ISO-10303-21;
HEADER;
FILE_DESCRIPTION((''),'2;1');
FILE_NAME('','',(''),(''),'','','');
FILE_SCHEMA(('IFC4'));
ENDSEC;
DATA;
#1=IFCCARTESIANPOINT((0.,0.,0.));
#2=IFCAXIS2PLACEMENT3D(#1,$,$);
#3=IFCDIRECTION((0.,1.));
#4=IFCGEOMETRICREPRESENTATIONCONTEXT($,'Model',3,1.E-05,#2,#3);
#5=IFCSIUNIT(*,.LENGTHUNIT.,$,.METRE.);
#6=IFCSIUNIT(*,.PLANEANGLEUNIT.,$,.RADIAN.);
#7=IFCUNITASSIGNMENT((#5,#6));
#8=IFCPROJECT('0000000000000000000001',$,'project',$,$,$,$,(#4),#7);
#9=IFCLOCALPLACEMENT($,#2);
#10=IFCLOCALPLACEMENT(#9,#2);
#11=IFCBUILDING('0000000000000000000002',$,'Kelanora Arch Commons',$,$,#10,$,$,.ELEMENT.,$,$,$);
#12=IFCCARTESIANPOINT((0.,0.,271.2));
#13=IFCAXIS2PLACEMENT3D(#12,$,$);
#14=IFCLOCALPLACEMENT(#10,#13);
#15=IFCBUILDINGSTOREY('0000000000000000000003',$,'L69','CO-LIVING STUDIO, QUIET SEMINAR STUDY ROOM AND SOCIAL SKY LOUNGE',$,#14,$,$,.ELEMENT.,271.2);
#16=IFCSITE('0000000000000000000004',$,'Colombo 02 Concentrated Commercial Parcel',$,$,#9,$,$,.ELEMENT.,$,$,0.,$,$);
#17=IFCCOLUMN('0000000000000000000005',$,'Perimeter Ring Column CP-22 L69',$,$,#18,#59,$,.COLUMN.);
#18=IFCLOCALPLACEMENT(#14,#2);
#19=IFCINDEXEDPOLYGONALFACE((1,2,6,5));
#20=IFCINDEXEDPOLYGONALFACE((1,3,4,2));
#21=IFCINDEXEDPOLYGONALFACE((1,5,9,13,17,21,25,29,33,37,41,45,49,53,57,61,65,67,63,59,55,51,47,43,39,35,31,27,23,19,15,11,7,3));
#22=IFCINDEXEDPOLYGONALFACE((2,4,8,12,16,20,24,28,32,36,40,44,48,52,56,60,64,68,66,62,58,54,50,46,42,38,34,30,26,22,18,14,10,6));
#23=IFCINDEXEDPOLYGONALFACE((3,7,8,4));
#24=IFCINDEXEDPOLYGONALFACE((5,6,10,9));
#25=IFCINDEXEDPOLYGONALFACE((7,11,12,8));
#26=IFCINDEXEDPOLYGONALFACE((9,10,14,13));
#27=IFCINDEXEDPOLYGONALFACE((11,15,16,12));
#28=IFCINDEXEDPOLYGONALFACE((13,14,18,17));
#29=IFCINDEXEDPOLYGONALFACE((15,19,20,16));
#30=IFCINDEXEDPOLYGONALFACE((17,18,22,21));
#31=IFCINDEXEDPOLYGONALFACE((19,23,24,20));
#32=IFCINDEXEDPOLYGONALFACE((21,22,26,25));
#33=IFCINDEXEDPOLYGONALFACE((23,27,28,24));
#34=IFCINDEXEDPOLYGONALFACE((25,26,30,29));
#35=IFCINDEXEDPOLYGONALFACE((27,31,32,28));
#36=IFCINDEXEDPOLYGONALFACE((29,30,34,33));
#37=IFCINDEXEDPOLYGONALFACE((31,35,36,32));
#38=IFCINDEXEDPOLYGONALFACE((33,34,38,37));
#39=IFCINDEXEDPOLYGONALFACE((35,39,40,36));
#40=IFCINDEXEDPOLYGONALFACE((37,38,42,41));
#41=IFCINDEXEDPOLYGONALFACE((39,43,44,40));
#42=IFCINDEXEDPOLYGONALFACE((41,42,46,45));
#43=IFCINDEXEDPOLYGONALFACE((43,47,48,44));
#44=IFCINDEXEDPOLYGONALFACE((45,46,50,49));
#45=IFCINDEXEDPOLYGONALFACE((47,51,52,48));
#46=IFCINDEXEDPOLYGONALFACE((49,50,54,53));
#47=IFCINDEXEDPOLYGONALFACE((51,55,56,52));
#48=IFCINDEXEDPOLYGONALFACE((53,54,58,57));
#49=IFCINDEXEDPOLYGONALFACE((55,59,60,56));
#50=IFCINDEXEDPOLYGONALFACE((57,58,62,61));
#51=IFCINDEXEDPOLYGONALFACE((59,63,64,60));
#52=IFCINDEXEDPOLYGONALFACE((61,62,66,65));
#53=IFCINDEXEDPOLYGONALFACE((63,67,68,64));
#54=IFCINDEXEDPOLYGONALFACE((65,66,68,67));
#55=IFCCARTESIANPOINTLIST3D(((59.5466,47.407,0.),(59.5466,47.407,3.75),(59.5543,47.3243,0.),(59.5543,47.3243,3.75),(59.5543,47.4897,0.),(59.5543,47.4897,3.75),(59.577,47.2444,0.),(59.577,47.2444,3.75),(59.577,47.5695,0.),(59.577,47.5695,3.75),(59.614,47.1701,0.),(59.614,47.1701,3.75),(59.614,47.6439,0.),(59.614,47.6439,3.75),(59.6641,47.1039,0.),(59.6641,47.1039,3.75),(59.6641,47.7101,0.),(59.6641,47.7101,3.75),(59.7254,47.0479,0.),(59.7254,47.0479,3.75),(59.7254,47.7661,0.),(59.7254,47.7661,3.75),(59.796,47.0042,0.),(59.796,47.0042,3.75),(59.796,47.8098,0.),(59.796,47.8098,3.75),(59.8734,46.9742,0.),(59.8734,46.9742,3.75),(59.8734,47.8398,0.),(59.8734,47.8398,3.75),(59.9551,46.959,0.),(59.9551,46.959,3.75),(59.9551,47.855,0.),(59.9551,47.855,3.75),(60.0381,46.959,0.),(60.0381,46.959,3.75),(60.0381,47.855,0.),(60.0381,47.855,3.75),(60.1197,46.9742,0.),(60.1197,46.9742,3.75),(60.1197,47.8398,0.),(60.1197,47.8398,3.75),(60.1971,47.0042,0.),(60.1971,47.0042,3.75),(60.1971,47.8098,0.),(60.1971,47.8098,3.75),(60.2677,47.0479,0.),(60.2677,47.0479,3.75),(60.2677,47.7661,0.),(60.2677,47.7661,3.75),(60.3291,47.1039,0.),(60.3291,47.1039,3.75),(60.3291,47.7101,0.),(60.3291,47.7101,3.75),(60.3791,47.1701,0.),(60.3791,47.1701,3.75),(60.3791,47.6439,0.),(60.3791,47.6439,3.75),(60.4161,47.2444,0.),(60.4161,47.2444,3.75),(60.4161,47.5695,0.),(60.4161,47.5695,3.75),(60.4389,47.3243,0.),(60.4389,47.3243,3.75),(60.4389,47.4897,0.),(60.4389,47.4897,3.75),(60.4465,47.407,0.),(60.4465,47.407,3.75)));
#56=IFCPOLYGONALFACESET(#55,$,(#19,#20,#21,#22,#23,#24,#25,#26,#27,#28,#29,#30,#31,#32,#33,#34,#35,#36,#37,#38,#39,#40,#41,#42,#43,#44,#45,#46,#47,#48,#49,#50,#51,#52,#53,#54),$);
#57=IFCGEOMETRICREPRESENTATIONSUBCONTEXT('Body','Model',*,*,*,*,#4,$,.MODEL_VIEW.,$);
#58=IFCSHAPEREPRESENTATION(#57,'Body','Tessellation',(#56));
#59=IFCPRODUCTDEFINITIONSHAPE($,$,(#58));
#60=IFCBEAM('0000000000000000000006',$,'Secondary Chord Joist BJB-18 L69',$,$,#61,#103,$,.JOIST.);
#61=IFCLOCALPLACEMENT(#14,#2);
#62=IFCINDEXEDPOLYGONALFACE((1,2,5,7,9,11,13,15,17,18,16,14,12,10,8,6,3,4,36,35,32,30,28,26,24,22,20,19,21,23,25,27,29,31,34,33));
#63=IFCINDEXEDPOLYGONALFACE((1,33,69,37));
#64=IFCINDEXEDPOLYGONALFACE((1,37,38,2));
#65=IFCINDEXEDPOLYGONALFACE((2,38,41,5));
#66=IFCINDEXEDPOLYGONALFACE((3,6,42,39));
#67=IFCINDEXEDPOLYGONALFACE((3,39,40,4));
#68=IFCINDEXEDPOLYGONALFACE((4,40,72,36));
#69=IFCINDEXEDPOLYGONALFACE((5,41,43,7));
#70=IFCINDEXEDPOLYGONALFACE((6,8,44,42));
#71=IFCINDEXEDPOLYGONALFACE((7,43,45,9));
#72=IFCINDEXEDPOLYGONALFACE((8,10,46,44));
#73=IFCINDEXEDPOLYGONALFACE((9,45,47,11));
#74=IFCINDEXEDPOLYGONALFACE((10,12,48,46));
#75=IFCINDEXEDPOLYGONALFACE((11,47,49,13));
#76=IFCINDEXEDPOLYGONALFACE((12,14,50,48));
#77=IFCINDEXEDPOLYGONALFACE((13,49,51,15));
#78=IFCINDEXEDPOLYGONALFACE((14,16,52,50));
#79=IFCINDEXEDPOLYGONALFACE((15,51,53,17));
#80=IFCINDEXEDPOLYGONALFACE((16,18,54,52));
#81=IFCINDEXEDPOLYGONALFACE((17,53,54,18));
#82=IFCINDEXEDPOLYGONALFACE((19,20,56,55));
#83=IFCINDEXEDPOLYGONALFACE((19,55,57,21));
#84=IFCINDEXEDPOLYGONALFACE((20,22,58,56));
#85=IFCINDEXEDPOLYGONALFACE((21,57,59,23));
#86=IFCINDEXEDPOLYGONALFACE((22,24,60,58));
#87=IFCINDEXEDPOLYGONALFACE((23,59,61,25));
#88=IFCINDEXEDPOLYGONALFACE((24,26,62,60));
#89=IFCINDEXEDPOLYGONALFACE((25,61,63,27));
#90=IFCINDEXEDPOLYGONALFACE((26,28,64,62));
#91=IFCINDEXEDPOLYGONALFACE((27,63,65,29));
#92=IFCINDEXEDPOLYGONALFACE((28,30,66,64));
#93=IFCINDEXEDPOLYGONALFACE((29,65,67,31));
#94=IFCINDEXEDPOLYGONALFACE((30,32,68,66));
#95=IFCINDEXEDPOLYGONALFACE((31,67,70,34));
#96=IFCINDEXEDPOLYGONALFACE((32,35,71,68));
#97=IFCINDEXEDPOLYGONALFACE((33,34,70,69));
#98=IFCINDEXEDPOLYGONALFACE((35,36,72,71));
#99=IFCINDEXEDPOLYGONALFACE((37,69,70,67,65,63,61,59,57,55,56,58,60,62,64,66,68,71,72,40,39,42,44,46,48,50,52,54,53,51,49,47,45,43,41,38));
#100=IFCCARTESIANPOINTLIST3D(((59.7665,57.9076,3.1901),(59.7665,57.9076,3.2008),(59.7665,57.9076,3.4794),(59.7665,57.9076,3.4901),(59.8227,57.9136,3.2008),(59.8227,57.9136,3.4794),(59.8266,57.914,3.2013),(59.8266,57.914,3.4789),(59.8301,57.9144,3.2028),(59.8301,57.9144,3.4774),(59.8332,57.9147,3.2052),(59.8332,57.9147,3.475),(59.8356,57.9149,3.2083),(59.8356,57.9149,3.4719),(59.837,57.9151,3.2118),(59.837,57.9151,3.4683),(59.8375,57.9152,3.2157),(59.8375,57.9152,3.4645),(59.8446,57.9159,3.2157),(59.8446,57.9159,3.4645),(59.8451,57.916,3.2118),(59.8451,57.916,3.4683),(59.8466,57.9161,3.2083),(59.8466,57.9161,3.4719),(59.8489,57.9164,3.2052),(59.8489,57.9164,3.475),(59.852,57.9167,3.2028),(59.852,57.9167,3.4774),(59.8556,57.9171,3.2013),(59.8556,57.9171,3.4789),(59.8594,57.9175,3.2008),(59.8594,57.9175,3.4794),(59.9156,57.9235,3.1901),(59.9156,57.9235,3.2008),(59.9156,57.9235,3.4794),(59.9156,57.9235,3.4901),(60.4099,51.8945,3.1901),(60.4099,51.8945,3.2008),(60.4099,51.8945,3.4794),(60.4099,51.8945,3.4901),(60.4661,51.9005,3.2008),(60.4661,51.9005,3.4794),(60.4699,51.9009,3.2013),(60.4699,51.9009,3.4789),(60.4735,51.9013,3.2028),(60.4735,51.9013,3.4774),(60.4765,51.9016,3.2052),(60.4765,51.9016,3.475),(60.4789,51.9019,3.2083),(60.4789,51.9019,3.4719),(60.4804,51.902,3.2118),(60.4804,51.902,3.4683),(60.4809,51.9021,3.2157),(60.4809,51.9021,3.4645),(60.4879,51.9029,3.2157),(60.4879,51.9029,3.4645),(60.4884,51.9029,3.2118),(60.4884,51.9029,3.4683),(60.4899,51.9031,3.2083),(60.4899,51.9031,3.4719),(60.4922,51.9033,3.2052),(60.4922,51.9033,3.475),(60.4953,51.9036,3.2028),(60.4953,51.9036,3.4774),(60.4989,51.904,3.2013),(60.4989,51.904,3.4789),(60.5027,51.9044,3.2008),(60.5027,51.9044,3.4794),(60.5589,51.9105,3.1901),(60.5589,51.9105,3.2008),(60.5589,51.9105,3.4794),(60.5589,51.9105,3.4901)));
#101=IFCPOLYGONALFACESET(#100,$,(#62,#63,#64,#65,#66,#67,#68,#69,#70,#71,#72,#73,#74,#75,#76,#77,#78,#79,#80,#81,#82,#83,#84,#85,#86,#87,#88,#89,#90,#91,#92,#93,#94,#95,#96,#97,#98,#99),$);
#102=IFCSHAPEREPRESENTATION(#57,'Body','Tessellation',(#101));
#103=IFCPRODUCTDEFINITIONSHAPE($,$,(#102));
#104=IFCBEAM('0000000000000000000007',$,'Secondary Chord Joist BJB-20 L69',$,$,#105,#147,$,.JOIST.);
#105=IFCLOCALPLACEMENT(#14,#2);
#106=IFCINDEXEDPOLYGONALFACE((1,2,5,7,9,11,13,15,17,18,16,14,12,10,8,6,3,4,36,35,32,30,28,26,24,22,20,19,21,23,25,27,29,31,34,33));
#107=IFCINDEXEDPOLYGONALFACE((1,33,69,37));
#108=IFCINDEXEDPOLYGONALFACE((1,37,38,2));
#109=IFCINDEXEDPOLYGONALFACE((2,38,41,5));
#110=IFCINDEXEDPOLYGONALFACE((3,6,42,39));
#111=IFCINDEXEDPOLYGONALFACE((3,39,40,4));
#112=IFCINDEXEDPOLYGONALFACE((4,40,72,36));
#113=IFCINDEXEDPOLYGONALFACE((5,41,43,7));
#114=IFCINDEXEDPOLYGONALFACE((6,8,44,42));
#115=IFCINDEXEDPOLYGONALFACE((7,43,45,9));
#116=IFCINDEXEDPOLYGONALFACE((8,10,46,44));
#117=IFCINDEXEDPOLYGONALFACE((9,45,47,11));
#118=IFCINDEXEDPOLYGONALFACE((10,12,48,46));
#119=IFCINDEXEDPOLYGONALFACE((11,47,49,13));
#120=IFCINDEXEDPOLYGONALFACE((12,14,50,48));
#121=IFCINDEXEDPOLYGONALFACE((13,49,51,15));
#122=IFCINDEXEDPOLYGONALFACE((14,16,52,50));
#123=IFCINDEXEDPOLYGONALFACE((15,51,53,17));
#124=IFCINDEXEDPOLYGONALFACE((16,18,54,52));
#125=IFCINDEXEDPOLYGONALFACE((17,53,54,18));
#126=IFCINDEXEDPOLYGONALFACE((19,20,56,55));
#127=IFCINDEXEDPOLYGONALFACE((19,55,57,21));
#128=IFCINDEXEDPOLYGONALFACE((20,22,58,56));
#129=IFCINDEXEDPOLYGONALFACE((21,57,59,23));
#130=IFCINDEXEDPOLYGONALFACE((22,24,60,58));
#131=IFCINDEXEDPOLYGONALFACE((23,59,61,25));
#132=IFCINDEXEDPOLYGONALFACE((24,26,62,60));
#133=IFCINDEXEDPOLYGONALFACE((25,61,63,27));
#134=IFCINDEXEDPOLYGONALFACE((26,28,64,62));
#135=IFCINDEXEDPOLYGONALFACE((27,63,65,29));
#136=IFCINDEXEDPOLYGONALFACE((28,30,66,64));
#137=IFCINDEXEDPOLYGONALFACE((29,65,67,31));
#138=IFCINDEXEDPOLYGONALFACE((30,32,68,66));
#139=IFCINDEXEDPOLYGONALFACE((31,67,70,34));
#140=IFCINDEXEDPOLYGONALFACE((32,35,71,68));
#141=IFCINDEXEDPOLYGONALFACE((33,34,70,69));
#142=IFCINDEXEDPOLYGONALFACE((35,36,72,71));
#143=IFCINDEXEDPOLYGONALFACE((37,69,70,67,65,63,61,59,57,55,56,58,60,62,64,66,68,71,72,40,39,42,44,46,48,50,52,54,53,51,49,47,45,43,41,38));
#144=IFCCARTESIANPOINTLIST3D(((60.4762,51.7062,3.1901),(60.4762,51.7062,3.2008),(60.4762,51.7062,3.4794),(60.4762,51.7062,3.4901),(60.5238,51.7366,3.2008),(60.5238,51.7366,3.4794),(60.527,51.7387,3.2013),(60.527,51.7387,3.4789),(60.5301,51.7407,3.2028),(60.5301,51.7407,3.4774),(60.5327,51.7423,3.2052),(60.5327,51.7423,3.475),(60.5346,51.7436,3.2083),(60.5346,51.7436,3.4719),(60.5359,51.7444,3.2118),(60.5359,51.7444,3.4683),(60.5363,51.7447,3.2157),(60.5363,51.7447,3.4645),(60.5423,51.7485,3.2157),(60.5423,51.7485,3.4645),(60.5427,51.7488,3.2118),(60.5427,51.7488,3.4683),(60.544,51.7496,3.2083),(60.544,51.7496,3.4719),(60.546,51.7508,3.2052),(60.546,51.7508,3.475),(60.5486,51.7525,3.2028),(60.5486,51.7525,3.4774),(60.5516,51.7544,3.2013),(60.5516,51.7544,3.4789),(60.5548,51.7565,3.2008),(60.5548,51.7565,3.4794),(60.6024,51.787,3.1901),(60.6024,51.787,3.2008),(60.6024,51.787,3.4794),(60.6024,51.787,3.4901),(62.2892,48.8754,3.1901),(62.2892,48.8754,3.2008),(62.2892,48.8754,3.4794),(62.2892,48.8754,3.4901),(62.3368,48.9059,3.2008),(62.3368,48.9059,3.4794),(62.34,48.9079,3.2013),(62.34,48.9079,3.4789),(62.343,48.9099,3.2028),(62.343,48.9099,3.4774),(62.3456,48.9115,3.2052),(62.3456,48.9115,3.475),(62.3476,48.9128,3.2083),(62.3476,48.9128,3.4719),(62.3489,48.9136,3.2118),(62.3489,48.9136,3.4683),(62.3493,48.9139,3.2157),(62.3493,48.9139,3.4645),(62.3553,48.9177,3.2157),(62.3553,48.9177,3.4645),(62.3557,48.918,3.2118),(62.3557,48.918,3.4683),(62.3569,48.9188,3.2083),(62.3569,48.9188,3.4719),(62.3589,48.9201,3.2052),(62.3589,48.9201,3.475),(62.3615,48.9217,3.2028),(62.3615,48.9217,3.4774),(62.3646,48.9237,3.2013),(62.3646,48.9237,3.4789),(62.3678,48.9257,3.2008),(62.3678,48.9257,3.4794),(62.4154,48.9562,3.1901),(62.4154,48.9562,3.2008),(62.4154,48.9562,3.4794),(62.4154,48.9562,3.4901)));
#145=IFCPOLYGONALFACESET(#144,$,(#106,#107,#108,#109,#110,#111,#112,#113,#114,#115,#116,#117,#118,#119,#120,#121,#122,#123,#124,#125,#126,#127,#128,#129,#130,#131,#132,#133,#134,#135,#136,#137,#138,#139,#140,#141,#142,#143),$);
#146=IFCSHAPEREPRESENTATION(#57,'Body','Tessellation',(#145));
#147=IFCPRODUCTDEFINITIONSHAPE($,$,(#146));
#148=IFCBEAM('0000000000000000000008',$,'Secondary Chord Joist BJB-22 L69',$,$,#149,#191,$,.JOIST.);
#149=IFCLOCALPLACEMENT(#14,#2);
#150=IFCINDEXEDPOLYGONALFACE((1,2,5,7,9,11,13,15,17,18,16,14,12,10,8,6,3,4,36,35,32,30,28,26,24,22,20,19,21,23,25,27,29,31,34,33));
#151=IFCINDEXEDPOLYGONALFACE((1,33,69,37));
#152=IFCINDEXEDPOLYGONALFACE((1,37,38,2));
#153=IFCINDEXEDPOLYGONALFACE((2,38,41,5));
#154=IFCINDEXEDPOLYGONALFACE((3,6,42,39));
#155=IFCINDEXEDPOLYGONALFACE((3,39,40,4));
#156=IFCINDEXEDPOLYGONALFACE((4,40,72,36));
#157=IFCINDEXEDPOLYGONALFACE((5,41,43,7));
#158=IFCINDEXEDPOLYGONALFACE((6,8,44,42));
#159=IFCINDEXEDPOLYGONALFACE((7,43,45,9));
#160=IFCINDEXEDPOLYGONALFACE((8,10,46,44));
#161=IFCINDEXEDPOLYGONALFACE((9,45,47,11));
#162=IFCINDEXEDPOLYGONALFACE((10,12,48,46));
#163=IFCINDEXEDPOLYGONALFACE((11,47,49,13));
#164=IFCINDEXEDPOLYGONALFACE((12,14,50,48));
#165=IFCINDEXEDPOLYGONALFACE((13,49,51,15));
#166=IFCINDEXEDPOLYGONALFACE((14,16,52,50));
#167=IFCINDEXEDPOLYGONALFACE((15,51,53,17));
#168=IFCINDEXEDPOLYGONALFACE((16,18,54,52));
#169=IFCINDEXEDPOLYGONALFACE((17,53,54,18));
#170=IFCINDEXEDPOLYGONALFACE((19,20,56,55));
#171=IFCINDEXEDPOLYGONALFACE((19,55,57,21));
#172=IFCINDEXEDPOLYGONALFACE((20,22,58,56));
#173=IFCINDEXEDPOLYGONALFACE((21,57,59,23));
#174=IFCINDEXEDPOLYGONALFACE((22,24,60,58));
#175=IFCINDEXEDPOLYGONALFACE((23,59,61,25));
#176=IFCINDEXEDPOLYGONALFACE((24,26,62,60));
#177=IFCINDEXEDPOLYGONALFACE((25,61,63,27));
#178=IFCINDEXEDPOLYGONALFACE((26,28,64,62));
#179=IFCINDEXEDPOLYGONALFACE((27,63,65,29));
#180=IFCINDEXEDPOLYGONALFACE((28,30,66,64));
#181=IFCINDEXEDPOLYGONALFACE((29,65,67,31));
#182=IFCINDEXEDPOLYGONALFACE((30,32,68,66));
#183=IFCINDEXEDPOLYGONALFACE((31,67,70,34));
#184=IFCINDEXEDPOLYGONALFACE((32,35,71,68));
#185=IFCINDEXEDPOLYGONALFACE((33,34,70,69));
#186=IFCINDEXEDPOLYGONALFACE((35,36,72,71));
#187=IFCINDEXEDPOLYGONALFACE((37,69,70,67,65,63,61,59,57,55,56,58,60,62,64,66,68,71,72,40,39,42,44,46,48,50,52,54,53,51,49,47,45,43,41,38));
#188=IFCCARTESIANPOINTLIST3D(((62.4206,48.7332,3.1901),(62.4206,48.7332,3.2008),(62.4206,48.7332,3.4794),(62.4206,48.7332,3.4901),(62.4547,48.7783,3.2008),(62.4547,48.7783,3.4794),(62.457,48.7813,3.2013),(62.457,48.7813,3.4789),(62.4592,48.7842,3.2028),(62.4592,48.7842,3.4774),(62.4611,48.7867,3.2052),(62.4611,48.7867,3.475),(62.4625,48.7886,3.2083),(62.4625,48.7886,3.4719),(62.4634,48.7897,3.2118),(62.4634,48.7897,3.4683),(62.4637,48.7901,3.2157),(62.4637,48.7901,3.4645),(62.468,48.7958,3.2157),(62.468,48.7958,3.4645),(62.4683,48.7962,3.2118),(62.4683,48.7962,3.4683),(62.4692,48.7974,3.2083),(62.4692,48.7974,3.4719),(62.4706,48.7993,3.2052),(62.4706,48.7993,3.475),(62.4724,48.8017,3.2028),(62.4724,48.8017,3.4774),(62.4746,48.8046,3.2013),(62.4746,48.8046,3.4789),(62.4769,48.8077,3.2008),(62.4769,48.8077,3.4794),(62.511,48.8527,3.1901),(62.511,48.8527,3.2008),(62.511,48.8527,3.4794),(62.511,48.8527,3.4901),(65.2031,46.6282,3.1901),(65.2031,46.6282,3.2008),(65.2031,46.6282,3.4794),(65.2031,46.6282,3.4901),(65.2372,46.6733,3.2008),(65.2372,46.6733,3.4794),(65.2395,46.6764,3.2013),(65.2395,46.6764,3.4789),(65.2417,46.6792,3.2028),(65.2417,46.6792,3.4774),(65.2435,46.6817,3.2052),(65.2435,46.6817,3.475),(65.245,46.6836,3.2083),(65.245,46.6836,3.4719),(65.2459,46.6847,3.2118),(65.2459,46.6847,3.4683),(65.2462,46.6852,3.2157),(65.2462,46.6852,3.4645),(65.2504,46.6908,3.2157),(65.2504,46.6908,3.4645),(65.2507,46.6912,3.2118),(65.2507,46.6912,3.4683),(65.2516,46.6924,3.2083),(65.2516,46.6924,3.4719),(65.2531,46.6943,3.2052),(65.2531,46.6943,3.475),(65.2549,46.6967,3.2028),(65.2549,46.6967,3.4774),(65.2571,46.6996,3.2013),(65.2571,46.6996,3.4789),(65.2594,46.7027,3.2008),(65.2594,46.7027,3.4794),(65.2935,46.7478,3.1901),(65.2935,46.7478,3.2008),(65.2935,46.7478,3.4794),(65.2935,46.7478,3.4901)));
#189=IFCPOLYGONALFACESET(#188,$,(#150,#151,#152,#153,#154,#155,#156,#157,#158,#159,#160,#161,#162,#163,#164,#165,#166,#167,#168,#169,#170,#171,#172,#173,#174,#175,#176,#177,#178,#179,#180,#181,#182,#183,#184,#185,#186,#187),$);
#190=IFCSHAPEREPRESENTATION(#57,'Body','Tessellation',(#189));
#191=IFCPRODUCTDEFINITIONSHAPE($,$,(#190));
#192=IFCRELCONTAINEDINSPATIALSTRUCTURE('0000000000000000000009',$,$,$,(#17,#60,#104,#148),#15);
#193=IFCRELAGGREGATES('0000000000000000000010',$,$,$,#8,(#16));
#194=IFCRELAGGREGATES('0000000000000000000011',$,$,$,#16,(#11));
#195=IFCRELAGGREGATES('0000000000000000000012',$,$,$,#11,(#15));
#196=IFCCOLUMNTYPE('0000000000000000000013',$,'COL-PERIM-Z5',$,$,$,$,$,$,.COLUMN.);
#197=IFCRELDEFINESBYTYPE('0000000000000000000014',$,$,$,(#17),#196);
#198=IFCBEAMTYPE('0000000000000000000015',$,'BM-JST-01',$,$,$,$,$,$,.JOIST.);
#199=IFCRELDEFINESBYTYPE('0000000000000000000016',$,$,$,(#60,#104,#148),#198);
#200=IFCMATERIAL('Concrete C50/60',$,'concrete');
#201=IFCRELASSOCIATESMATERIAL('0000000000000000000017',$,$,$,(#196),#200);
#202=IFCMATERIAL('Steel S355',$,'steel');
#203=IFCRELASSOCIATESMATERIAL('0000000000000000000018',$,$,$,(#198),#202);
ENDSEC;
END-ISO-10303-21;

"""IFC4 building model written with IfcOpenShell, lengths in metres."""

from ifc_helpers import new_model, si_unit, direction, frame, origin, origin_2d, place, context, subcontext, project, spatial, circle, i_section, extrude, material, material_profile, profile_set, type_object, element, save


model = new_model("IFC4")

# Units and contexts
model_context = context("Model", 3, precision=1e-05, world=origin(), true_north=direction((0.0, 1.0)))
body_context = subcontext(model_context, "Body", "Model", "MODEL_VIEW")
ifc_project = project(units=[si_unit("LENGTHUNIT", "METRE"), si_unit("PLANEANGLEUNIT", "RADIAN")], contexts=[model_context])

# Site, building, storey
site_placement = place(None, origin())
site = spatial("IfcSite", under=ifc_project, at=site_placement, Name="Colombo 02 Concentrated Commercial Parcel", CompositionType="ELEMENT", RefElevation=0.0)
building_placement = place(site_placement, origin())
building = spatial("IfcBuilding", under=site, at=building_placement, Name="Kelanora Arch Commons", CompositionType="ELEMENT")
storey_placement = place(building_placement, frame((0.0, 0.0, 271.2)))
storey = spatial("IfcBuildingStorey", under=building, at=storey_placement, Name="L69", Description="CO-LIVING STUDIO, QUIET SEMINAR STUDY ROOM AND SOCIAL SKY LOUNGE", CompositionType="ELEMENT", Elevation=271.2)

# Column
ifc_material_1 = material(Name="Concrete C50/60", Category="concrete")
ifc_material_profile_1 = material_profile(ifc_material_1, circle(Radius=0.45, at=origin_2d()), Name="RCC900")
ifc_profile_set_1 = profile_set([ifc_material_profile_1], Name="Concrete C50/60")
column_type = type_object("IfcColumnType", Name="COL-PERIM-Z5", PredefinedType="COLUMN", material=ifc_profile_set_1)
column_placement = place(storey_placement, frame((59.9966, 47.407, 0.0), z_axis=(0.0, 0.0, 1.0), x_axis=(1.0, 0.0, 0.0)))
element("IfcColumn", 1, at=column_placement, inside=storey, type_object=column_type, Name="Perimeter Ring Column CP-22 L69", PredefinedType="COLUMN", context=body_context, shape_type="SweptSolid", body=[
    extrude(circle(Radius=0.45, at=origin_2d()), origin(), (0.0, 0.0, 1.0), 3.75),
])

# Beams
ifc_material_2 = material(Name="Steel S355", Category="steel")
ifc_material_profile_2 = material_profile(ifc_material_2, i_section(OverallWidth=0.1499, OverallDepth=0.3, WebThickness=0.0071, FlangeThickness=0.0107, FilletRadius=0.0149, at=origin_2d()), Name="IPE300")
ifc_profile_set_2 = profile_set([ifc_material_profile_2], Name="Steel S355")
beam_type_1 = type_object("IfcBeamType", Name="BM-JST-01", PredefinedType="JOIST", material=ifc_profile_set_2)
beam_1_placement = place(storey_placement, frame((59.8411, 57.9155, 3.3401), z_axis=(0.106381, -0.994325, 0.0), x_axis=(0.994325, 0.106381, 0.0)))
element("IfcBeam", 2, at=beam_1_placement, inside=storey, type_object=beam_type_1, Name="Secondary Chord Joist BJB-18 L69", PredefinedType="JOIST", context=body_context, shape_type="SweptSolid", body=[
    extrude(i_section(OverallWidth=0.1499, OverallDepth=0.3, WebThickness=0.0071, FlangeThickness=0.0107, FilletRadius=0.0149, at=origin_2d()), origin(), (0.0, 0.0, 1.0), 6.0474),
])
beam_2_placement = place(storey_placement, frame((60.5393, 51.7466, 3.3401), z_axis=(0.539322, -0.8421, 0.0), x_axis=(0.8421, 0.539322, 0.0)))
element("IfcBeam", 3, at=beam_2_placement, inside=storey, type_object=beam_type_1, Name="Secondary Chord Joist BJB-20 L69", PredefinedType="JOIST", context=body_context, shape_type="SweptSolid", body=[
    extrude(i_section(OverallWidth=0.1499, OverallDepth=0.3, WebThickness=0.0071, FlangeThickness=0.0107, FilletRadius=0.0149, at=origin_2d()), origin(), (0.0, 0.0, 1.0), 3.3616),
])
beam_3_placement = place(storey_placement, frame((62.4658, 48.793, 3.3401), z_axis=(0.797499, -0.60332, 0.0), x_axis=(0.60332, 0.797499, 0.0)))
element("IfcBeam", 4, at=beam_3_placement, inside=storey, type_object=beam_type_1, Name="Secondary Chord Joist BJB-22 L69", PredefinedType="JOIST", context=body_context, shape_type="SweptSolid", body=[
    extrude(i_section(OverallWidth=0.1499, OverallDepth=0.3, WebThickness=0.0071, FlangeThickness=0.0107, FilletRadius=0.0149, at=origin_2d()), origin(), (0.0, 0.0, 1.0), 3.489),
])

save(model, "model.ifc")
